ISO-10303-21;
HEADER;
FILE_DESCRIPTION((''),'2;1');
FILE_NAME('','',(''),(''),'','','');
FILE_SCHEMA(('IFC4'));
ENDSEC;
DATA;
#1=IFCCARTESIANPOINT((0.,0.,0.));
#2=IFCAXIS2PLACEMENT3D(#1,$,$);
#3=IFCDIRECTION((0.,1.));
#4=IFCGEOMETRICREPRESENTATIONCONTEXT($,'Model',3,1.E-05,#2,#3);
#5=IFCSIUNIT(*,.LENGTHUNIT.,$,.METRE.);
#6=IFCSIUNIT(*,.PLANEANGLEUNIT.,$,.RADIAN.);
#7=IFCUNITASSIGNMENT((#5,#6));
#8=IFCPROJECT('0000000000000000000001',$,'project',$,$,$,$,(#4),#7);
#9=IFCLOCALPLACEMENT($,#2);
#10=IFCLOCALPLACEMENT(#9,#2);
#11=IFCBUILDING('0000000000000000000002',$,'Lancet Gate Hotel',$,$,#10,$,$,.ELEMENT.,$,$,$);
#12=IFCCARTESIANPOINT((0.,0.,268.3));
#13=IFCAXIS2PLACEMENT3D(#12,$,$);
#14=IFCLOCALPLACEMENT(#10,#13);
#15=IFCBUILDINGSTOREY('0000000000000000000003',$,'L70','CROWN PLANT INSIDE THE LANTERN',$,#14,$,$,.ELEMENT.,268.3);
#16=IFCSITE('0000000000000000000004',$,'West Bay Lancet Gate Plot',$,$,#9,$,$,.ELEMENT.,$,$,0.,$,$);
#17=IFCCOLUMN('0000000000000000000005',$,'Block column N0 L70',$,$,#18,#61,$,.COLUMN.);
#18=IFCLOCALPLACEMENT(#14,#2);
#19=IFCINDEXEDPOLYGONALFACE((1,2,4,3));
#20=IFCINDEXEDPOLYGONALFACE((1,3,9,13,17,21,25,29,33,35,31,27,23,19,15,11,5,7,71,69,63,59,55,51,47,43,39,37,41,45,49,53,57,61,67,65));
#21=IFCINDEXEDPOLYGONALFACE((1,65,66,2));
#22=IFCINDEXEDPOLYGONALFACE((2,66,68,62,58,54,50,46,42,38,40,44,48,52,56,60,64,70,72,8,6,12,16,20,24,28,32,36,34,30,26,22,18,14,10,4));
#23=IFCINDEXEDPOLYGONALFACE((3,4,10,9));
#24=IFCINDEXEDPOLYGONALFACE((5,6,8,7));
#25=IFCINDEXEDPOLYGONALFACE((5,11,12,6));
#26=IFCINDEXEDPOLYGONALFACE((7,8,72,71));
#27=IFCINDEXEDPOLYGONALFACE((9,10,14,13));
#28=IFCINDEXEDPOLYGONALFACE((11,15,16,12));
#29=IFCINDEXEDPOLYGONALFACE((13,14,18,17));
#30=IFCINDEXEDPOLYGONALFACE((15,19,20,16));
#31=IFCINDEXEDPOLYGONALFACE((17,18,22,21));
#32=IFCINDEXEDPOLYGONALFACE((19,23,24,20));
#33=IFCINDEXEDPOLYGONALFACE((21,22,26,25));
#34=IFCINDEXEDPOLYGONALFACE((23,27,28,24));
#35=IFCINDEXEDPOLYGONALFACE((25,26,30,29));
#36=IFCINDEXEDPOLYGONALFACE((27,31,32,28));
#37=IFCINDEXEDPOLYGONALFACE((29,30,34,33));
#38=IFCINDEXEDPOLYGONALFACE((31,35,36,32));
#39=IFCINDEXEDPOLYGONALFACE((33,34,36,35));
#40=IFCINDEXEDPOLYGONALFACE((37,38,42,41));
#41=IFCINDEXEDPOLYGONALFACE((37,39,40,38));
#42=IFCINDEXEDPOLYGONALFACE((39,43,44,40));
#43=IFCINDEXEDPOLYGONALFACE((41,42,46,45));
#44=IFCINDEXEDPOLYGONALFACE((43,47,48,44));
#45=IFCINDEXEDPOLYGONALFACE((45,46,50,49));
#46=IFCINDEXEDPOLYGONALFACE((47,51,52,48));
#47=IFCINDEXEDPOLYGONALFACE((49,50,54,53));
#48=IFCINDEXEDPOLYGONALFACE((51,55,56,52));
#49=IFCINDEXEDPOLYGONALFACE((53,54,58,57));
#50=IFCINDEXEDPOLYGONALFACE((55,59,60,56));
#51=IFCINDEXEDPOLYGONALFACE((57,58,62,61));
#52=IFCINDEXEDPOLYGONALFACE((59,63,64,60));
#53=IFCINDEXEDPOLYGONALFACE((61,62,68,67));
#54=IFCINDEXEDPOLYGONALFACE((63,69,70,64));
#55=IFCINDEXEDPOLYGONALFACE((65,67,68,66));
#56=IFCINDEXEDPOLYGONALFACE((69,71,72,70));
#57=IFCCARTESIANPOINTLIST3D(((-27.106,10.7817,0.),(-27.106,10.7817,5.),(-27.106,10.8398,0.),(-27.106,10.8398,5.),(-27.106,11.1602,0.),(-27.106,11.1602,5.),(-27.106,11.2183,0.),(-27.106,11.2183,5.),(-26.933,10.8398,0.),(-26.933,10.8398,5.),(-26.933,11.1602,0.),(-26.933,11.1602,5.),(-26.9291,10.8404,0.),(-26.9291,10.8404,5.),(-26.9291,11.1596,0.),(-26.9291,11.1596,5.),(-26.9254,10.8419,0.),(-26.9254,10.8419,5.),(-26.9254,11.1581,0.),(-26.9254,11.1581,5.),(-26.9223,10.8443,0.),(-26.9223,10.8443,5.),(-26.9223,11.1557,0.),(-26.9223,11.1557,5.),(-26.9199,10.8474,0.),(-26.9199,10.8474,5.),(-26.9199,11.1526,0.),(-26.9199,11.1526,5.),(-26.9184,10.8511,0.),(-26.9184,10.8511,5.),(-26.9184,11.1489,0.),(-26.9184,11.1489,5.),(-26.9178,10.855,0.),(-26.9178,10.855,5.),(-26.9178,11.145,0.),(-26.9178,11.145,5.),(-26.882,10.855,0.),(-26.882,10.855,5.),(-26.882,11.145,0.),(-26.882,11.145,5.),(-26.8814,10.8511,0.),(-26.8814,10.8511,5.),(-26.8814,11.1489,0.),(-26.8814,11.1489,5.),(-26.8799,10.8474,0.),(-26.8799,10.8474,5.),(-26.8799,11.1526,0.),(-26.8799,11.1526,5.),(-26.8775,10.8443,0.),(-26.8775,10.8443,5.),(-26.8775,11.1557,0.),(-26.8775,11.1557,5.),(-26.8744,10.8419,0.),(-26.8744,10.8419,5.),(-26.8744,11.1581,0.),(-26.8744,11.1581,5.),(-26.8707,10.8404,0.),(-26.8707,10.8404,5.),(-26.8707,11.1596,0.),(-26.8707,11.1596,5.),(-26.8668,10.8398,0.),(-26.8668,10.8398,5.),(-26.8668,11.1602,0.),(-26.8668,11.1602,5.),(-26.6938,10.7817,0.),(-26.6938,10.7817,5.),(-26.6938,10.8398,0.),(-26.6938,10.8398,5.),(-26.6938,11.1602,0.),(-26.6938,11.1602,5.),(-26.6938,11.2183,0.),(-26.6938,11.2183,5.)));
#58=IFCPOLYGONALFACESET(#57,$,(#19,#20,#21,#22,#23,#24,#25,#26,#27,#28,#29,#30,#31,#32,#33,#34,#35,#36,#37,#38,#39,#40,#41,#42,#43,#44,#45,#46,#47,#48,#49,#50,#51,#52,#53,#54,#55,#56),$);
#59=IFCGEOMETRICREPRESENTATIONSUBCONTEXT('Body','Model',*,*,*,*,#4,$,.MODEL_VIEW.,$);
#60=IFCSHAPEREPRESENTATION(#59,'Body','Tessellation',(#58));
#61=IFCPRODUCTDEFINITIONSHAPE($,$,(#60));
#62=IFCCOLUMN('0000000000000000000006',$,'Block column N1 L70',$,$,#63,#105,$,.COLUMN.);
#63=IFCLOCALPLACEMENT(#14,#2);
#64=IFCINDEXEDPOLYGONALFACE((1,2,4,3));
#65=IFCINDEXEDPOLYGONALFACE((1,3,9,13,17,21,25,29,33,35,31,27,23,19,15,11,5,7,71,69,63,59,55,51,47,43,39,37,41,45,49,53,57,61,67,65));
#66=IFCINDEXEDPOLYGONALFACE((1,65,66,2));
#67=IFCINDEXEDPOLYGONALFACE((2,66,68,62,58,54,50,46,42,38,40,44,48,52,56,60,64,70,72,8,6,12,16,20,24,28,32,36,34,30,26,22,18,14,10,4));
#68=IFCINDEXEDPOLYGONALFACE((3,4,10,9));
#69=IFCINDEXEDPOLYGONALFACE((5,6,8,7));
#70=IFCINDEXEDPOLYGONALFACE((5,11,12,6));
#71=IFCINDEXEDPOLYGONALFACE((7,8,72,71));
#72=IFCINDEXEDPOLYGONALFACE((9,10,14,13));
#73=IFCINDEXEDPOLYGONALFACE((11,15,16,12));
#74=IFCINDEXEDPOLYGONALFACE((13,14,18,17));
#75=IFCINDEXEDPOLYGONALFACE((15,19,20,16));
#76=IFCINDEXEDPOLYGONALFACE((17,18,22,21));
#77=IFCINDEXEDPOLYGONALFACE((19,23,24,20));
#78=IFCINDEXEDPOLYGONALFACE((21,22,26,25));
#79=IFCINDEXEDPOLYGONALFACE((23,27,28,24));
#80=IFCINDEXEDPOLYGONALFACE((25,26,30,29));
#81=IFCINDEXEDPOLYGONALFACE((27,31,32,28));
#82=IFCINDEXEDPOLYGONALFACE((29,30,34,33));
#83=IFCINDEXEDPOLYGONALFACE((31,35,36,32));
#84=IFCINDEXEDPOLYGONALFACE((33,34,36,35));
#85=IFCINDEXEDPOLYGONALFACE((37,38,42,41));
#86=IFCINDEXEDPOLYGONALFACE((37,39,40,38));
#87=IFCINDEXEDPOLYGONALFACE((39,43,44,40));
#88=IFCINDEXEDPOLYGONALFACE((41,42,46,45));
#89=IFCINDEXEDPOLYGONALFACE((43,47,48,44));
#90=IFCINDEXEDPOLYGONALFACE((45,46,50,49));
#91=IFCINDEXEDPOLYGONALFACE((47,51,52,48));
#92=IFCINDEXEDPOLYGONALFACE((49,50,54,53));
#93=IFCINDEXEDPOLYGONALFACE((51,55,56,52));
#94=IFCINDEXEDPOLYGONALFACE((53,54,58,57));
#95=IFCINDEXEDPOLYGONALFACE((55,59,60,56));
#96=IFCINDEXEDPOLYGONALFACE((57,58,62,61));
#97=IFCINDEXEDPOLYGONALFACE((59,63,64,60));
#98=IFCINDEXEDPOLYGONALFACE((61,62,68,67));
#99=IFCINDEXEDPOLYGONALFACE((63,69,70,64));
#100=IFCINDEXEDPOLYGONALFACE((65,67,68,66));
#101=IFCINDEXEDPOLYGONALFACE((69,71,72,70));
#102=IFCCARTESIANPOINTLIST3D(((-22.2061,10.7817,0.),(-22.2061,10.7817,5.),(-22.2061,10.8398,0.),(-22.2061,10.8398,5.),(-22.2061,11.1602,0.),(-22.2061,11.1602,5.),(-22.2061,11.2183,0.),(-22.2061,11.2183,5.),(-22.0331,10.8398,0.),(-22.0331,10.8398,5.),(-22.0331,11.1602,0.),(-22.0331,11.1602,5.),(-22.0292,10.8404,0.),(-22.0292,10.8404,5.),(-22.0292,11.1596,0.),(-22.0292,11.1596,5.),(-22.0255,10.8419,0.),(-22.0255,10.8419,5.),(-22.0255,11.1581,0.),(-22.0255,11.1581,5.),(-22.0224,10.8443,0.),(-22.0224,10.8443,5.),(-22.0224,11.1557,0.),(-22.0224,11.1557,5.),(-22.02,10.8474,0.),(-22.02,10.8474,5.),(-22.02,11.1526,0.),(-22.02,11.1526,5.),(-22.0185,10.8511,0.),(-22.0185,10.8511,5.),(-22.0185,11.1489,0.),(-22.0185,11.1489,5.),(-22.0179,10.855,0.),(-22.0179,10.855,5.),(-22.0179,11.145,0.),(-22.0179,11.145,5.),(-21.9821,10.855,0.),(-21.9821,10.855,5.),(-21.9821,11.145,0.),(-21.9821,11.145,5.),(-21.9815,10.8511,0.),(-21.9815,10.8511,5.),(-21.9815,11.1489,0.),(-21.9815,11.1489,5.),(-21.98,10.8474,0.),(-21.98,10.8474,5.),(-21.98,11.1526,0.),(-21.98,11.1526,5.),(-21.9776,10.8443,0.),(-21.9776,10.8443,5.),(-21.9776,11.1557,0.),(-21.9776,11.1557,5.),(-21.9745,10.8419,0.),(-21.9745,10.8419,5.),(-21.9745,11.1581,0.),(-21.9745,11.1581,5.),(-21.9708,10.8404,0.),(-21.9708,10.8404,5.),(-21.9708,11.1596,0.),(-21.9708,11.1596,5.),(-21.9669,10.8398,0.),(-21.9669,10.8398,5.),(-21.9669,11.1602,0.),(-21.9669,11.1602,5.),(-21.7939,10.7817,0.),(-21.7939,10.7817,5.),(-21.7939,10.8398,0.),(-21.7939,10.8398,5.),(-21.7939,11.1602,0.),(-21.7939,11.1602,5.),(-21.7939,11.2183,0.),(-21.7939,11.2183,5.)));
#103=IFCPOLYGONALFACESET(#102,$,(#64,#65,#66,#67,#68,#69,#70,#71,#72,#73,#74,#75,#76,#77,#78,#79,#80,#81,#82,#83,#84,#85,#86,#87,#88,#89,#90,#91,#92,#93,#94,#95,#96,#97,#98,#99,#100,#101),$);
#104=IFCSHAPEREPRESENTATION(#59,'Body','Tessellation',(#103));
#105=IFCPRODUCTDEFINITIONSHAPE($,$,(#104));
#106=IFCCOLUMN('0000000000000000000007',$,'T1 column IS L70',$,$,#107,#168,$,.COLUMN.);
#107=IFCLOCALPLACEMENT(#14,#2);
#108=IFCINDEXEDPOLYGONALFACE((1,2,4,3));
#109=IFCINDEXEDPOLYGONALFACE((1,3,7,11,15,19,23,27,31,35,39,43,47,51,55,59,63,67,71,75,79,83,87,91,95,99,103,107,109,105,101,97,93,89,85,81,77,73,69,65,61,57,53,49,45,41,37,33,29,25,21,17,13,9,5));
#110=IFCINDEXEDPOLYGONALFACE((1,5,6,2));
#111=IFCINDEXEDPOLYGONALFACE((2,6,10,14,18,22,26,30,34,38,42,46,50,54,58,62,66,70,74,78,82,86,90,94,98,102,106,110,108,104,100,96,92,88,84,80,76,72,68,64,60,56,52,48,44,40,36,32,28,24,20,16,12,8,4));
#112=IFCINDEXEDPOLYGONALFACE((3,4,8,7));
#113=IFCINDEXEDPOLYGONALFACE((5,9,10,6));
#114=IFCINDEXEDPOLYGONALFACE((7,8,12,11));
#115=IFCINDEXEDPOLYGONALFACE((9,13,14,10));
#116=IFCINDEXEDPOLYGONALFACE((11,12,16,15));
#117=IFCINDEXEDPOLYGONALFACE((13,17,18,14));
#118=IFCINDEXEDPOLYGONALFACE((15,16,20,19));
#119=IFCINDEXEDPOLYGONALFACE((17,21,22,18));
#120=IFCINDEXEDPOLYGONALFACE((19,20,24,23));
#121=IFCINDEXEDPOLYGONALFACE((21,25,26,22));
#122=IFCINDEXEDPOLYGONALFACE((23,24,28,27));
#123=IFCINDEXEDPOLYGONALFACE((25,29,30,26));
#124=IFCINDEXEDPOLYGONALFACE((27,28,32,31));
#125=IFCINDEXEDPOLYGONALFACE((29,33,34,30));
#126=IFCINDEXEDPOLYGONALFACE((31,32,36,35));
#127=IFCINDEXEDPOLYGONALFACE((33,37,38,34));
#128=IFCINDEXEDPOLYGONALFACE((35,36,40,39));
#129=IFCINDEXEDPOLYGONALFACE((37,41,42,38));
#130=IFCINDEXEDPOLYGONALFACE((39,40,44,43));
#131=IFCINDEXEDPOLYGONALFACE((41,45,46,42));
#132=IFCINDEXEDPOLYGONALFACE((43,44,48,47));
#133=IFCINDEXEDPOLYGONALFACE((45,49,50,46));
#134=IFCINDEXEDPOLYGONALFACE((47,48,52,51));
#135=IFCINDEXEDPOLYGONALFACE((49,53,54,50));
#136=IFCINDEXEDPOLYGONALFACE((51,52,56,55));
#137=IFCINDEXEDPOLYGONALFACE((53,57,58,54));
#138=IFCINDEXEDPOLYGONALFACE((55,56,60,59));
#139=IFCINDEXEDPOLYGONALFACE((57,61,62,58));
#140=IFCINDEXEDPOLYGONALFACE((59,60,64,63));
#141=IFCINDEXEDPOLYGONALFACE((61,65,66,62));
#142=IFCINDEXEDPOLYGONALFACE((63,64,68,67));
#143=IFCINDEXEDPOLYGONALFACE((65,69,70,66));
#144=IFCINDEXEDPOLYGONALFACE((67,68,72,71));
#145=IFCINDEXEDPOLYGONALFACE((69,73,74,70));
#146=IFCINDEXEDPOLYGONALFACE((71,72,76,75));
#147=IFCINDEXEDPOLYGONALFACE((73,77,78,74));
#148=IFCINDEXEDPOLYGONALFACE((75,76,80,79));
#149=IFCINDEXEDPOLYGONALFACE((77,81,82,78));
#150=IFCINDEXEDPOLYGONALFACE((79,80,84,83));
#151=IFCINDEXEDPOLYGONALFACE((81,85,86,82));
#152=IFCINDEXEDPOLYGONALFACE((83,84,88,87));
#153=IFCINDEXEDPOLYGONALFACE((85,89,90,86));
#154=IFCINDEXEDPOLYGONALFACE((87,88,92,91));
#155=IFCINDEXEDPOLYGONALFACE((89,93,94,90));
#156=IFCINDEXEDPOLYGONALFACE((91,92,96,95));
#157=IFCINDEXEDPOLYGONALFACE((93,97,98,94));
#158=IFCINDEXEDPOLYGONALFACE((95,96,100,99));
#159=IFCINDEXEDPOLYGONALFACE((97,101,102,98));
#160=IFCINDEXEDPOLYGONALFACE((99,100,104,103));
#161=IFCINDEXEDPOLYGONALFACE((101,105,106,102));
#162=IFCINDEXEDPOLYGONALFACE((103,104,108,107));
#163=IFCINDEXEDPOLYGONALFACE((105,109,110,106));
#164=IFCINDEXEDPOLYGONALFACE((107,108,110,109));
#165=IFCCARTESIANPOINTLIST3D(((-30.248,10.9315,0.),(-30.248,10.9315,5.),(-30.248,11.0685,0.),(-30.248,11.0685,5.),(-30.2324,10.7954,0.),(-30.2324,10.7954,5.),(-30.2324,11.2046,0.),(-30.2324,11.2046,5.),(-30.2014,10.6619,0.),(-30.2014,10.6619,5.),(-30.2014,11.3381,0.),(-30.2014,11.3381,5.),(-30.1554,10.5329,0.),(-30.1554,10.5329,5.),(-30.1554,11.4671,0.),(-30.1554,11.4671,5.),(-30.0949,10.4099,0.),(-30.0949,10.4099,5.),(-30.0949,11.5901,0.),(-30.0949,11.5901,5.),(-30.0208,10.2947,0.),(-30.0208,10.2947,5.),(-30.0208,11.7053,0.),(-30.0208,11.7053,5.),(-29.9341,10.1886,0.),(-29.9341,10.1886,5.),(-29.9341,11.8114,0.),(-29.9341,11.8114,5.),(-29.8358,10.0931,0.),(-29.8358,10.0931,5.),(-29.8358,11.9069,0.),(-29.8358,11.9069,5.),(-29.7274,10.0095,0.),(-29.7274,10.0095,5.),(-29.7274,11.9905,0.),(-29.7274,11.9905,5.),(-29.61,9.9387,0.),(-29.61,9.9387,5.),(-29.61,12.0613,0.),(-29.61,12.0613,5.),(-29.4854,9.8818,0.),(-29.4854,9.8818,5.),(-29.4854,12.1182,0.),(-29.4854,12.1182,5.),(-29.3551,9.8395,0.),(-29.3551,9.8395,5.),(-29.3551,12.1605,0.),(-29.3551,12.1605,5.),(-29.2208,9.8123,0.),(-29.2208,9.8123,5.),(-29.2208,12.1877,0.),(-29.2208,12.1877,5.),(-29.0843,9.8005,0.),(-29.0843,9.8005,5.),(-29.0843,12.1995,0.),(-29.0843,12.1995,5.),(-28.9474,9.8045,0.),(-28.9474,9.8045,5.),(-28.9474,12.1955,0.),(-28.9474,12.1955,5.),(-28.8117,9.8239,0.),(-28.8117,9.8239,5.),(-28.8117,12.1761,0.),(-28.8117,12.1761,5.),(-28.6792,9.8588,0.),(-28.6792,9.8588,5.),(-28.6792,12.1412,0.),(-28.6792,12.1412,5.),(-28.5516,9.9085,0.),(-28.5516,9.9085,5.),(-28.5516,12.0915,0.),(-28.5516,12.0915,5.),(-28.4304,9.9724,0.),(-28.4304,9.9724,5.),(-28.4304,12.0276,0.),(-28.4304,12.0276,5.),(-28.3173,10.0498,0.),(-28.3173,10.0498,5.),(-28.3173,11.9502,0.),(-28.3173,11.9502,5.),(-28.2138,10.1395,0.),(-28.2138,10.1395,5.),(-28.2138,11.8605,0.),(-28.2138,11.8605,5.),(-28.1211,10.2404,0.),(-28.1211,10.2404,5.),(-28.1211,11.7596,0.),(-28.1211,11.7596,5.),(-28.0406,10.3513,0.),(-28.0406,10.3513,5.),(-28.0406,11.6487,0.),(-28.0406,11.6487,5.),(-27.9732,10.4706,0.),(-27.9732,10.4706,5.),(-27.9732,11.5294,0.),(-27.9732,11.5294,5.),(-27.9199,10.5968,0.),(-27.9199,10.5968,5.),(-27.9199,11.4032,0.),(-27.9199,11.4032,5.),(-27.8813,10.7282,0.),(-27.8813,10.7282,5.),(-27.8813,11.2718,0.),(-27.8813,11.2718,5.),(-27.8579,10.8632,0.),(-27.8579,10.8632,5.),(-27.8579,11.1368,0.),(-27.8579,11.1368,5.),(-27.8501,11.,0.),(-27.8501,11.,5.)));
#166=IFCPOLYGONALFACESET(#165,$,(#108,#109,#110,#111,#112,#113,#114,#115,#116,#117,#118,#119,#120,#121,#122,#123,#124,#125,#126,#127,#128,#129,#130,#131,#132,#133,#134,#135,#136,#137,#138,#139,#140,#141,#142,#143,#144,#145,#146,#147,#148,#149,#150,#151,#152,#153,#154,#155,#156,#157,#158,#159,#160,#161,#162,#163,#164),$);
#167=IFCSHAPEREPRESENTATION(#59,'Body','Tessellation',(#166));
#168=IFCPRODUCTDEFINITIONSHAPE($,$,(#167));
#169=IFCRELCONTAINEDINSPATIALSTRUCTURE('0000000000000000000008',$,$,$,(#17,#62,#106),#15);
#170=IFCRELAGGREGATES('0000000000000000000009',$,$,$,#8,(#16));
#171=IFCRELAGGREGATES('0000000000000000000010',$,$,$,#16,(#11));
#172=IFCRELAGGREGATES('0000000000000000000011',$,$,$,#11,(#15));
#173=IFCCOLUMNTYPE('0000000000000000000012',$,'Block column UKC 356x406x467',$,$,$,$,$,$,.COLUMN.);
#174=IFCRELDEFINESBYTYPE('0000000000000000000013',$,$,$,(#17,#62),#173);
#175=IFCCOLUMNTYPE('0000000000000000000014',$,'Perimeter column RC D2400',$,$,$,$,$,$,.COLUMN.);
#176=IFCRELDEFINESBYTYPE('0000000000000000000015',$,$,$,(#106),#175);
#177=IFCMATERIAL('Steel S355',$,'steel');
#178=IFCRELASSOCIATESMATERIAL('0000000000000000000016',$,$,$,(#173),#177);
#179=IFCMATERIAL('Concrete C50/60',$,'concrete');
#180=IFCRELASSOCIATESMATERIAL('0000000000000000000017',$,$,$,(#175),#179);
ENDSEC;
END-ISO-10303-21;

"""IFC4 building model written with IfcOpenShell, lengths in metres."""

from ifc_helpers import new_model, si_unit, direction, frame, origin, origin_2d, place, context, subcontext, project, spatial, circle, i_section, extrude, material, material_profile, profile_set, type_object, element, save


model = new_model("IFC4")

# Units and contexts
model_context = context("Model", 3, precision=1e-05, world=origin(), true_north=direction((0.0, 1.0)))
body_context = subcontext(model_context, "Body", "Model", "MODEL_VIEW")
ifc_project = project(units=[si_unit("LENGTHUNIT", "METRE"), si_unit("PLANEANGLEUNIT", "RADIAN")], contexts=[model_context])

# Site, building, storey
site_placement = place(None, origin())
site = spatial("IfcSite", under=ifc_project, at=site_placement, Name="West Bay Lancet Gate Plot", CompositionType="ELEMENT", RefElevation=0.0)
building_placement = place(site_placement, origin())
building = spatial("IfcBuilding", under=site, at=building_placement, Name="Lancet Gate Hotel", CompositionType="ELEMENT")
storey_placement = place(building_placement, frame((0.0, 0.0, 268.3)))
storey = spatial("IfcBuildingStorey", under=building, at=storey_placement, Name="L70", Description="CROWN PLANT INSIDE THE LANTERN", CompositionType="ELEMENT", Elevation=268.3)

# Columns
ifc_material_1 = material(Name="Steel S355", Category="steel")
ifc_material_profile_1 = material_profile(ifc_material_1, i_section(OverallWidth=0.4121, OverallDepth=0.4365, WebThickness=0.0359, FlangeThickness=0.0581, FilletRadius=0.0151, at=origin_2d()), Name="UKC 356x406x467")
ifc_profile_set_1 = profile_set([ifc_material_profile_1], Name="Steel S355")
column_type_1 = type_object("IfcColumnType", Name="Block column UKC 356x406x467", PredefinedType="COLUMN", material=ifc_profile_set_1)
for number, where, z_axis, x_axis, name in (
    (1, (-26.8999, 11.0, 0.0), (0.0, 0.0, 1.0), (1.0, 0.0, 0.0), "Block column N0 L70"),
    (2, (-22.0, 11.0, 0.0), (0.0, 0.0, 1.0), (1.0, 0.0, 0.0), "Block column N1 L70"),
):
    element("IfcColumn", number, at=place(storey_placement, frame(where, z_axis=z_axis, x_axis=x_axis)), inside=storey, type_object=column_type_1, Name=name, PredefinedType="COLUMN", context=body_context, shape_type="SweptSolid", body=[
        extrude(i_section(OverallWidth=0.4121, OverallDepth=0.4365, WebThickness=0.0359, FlangeThickness=0.0581, FilletRadius=0.0151, at=origin_2d()), origin(), (0.0, 0.0, 1.0), 5.0),
    ])
ifc_material_2 = material(Name="Concrete C50/60", Category="concrete")
ifc_material_profile_2 = material_profile(ifc_material_2, circle(Radius=1.2, at=origin_2d()), Name="RC D2400")
ifc_profile_set_2 = profile_set([ifc_material_profile_2], Name="Concrete C50/60")
column_type_2 = type_object("IfcColumnType", Name="Perimeter column RC D2400", PredefinedType="COLUMN", material=ifc_profile_set_2)
column_placement = place(storey_placement, frame((-29.05, 11.0, 0.0), z_axis=(0.0, 0.0, 1.0), x_axis=(1.0, 0.0, 0.0)))
element("IfcColumn", 3, at=column_placement, inside=storey, type_object=column_type_2, Name="T1 column IS L70", PredefinedType="COLUMN", context=body_context, shape_type="SweptSolid", body=[
    extrude(circle(Radius=1.2, at=origin_2d()), origin(), (0.0, 0.0, 1.0), 5.0),
])

save(model, "model.ifc")
